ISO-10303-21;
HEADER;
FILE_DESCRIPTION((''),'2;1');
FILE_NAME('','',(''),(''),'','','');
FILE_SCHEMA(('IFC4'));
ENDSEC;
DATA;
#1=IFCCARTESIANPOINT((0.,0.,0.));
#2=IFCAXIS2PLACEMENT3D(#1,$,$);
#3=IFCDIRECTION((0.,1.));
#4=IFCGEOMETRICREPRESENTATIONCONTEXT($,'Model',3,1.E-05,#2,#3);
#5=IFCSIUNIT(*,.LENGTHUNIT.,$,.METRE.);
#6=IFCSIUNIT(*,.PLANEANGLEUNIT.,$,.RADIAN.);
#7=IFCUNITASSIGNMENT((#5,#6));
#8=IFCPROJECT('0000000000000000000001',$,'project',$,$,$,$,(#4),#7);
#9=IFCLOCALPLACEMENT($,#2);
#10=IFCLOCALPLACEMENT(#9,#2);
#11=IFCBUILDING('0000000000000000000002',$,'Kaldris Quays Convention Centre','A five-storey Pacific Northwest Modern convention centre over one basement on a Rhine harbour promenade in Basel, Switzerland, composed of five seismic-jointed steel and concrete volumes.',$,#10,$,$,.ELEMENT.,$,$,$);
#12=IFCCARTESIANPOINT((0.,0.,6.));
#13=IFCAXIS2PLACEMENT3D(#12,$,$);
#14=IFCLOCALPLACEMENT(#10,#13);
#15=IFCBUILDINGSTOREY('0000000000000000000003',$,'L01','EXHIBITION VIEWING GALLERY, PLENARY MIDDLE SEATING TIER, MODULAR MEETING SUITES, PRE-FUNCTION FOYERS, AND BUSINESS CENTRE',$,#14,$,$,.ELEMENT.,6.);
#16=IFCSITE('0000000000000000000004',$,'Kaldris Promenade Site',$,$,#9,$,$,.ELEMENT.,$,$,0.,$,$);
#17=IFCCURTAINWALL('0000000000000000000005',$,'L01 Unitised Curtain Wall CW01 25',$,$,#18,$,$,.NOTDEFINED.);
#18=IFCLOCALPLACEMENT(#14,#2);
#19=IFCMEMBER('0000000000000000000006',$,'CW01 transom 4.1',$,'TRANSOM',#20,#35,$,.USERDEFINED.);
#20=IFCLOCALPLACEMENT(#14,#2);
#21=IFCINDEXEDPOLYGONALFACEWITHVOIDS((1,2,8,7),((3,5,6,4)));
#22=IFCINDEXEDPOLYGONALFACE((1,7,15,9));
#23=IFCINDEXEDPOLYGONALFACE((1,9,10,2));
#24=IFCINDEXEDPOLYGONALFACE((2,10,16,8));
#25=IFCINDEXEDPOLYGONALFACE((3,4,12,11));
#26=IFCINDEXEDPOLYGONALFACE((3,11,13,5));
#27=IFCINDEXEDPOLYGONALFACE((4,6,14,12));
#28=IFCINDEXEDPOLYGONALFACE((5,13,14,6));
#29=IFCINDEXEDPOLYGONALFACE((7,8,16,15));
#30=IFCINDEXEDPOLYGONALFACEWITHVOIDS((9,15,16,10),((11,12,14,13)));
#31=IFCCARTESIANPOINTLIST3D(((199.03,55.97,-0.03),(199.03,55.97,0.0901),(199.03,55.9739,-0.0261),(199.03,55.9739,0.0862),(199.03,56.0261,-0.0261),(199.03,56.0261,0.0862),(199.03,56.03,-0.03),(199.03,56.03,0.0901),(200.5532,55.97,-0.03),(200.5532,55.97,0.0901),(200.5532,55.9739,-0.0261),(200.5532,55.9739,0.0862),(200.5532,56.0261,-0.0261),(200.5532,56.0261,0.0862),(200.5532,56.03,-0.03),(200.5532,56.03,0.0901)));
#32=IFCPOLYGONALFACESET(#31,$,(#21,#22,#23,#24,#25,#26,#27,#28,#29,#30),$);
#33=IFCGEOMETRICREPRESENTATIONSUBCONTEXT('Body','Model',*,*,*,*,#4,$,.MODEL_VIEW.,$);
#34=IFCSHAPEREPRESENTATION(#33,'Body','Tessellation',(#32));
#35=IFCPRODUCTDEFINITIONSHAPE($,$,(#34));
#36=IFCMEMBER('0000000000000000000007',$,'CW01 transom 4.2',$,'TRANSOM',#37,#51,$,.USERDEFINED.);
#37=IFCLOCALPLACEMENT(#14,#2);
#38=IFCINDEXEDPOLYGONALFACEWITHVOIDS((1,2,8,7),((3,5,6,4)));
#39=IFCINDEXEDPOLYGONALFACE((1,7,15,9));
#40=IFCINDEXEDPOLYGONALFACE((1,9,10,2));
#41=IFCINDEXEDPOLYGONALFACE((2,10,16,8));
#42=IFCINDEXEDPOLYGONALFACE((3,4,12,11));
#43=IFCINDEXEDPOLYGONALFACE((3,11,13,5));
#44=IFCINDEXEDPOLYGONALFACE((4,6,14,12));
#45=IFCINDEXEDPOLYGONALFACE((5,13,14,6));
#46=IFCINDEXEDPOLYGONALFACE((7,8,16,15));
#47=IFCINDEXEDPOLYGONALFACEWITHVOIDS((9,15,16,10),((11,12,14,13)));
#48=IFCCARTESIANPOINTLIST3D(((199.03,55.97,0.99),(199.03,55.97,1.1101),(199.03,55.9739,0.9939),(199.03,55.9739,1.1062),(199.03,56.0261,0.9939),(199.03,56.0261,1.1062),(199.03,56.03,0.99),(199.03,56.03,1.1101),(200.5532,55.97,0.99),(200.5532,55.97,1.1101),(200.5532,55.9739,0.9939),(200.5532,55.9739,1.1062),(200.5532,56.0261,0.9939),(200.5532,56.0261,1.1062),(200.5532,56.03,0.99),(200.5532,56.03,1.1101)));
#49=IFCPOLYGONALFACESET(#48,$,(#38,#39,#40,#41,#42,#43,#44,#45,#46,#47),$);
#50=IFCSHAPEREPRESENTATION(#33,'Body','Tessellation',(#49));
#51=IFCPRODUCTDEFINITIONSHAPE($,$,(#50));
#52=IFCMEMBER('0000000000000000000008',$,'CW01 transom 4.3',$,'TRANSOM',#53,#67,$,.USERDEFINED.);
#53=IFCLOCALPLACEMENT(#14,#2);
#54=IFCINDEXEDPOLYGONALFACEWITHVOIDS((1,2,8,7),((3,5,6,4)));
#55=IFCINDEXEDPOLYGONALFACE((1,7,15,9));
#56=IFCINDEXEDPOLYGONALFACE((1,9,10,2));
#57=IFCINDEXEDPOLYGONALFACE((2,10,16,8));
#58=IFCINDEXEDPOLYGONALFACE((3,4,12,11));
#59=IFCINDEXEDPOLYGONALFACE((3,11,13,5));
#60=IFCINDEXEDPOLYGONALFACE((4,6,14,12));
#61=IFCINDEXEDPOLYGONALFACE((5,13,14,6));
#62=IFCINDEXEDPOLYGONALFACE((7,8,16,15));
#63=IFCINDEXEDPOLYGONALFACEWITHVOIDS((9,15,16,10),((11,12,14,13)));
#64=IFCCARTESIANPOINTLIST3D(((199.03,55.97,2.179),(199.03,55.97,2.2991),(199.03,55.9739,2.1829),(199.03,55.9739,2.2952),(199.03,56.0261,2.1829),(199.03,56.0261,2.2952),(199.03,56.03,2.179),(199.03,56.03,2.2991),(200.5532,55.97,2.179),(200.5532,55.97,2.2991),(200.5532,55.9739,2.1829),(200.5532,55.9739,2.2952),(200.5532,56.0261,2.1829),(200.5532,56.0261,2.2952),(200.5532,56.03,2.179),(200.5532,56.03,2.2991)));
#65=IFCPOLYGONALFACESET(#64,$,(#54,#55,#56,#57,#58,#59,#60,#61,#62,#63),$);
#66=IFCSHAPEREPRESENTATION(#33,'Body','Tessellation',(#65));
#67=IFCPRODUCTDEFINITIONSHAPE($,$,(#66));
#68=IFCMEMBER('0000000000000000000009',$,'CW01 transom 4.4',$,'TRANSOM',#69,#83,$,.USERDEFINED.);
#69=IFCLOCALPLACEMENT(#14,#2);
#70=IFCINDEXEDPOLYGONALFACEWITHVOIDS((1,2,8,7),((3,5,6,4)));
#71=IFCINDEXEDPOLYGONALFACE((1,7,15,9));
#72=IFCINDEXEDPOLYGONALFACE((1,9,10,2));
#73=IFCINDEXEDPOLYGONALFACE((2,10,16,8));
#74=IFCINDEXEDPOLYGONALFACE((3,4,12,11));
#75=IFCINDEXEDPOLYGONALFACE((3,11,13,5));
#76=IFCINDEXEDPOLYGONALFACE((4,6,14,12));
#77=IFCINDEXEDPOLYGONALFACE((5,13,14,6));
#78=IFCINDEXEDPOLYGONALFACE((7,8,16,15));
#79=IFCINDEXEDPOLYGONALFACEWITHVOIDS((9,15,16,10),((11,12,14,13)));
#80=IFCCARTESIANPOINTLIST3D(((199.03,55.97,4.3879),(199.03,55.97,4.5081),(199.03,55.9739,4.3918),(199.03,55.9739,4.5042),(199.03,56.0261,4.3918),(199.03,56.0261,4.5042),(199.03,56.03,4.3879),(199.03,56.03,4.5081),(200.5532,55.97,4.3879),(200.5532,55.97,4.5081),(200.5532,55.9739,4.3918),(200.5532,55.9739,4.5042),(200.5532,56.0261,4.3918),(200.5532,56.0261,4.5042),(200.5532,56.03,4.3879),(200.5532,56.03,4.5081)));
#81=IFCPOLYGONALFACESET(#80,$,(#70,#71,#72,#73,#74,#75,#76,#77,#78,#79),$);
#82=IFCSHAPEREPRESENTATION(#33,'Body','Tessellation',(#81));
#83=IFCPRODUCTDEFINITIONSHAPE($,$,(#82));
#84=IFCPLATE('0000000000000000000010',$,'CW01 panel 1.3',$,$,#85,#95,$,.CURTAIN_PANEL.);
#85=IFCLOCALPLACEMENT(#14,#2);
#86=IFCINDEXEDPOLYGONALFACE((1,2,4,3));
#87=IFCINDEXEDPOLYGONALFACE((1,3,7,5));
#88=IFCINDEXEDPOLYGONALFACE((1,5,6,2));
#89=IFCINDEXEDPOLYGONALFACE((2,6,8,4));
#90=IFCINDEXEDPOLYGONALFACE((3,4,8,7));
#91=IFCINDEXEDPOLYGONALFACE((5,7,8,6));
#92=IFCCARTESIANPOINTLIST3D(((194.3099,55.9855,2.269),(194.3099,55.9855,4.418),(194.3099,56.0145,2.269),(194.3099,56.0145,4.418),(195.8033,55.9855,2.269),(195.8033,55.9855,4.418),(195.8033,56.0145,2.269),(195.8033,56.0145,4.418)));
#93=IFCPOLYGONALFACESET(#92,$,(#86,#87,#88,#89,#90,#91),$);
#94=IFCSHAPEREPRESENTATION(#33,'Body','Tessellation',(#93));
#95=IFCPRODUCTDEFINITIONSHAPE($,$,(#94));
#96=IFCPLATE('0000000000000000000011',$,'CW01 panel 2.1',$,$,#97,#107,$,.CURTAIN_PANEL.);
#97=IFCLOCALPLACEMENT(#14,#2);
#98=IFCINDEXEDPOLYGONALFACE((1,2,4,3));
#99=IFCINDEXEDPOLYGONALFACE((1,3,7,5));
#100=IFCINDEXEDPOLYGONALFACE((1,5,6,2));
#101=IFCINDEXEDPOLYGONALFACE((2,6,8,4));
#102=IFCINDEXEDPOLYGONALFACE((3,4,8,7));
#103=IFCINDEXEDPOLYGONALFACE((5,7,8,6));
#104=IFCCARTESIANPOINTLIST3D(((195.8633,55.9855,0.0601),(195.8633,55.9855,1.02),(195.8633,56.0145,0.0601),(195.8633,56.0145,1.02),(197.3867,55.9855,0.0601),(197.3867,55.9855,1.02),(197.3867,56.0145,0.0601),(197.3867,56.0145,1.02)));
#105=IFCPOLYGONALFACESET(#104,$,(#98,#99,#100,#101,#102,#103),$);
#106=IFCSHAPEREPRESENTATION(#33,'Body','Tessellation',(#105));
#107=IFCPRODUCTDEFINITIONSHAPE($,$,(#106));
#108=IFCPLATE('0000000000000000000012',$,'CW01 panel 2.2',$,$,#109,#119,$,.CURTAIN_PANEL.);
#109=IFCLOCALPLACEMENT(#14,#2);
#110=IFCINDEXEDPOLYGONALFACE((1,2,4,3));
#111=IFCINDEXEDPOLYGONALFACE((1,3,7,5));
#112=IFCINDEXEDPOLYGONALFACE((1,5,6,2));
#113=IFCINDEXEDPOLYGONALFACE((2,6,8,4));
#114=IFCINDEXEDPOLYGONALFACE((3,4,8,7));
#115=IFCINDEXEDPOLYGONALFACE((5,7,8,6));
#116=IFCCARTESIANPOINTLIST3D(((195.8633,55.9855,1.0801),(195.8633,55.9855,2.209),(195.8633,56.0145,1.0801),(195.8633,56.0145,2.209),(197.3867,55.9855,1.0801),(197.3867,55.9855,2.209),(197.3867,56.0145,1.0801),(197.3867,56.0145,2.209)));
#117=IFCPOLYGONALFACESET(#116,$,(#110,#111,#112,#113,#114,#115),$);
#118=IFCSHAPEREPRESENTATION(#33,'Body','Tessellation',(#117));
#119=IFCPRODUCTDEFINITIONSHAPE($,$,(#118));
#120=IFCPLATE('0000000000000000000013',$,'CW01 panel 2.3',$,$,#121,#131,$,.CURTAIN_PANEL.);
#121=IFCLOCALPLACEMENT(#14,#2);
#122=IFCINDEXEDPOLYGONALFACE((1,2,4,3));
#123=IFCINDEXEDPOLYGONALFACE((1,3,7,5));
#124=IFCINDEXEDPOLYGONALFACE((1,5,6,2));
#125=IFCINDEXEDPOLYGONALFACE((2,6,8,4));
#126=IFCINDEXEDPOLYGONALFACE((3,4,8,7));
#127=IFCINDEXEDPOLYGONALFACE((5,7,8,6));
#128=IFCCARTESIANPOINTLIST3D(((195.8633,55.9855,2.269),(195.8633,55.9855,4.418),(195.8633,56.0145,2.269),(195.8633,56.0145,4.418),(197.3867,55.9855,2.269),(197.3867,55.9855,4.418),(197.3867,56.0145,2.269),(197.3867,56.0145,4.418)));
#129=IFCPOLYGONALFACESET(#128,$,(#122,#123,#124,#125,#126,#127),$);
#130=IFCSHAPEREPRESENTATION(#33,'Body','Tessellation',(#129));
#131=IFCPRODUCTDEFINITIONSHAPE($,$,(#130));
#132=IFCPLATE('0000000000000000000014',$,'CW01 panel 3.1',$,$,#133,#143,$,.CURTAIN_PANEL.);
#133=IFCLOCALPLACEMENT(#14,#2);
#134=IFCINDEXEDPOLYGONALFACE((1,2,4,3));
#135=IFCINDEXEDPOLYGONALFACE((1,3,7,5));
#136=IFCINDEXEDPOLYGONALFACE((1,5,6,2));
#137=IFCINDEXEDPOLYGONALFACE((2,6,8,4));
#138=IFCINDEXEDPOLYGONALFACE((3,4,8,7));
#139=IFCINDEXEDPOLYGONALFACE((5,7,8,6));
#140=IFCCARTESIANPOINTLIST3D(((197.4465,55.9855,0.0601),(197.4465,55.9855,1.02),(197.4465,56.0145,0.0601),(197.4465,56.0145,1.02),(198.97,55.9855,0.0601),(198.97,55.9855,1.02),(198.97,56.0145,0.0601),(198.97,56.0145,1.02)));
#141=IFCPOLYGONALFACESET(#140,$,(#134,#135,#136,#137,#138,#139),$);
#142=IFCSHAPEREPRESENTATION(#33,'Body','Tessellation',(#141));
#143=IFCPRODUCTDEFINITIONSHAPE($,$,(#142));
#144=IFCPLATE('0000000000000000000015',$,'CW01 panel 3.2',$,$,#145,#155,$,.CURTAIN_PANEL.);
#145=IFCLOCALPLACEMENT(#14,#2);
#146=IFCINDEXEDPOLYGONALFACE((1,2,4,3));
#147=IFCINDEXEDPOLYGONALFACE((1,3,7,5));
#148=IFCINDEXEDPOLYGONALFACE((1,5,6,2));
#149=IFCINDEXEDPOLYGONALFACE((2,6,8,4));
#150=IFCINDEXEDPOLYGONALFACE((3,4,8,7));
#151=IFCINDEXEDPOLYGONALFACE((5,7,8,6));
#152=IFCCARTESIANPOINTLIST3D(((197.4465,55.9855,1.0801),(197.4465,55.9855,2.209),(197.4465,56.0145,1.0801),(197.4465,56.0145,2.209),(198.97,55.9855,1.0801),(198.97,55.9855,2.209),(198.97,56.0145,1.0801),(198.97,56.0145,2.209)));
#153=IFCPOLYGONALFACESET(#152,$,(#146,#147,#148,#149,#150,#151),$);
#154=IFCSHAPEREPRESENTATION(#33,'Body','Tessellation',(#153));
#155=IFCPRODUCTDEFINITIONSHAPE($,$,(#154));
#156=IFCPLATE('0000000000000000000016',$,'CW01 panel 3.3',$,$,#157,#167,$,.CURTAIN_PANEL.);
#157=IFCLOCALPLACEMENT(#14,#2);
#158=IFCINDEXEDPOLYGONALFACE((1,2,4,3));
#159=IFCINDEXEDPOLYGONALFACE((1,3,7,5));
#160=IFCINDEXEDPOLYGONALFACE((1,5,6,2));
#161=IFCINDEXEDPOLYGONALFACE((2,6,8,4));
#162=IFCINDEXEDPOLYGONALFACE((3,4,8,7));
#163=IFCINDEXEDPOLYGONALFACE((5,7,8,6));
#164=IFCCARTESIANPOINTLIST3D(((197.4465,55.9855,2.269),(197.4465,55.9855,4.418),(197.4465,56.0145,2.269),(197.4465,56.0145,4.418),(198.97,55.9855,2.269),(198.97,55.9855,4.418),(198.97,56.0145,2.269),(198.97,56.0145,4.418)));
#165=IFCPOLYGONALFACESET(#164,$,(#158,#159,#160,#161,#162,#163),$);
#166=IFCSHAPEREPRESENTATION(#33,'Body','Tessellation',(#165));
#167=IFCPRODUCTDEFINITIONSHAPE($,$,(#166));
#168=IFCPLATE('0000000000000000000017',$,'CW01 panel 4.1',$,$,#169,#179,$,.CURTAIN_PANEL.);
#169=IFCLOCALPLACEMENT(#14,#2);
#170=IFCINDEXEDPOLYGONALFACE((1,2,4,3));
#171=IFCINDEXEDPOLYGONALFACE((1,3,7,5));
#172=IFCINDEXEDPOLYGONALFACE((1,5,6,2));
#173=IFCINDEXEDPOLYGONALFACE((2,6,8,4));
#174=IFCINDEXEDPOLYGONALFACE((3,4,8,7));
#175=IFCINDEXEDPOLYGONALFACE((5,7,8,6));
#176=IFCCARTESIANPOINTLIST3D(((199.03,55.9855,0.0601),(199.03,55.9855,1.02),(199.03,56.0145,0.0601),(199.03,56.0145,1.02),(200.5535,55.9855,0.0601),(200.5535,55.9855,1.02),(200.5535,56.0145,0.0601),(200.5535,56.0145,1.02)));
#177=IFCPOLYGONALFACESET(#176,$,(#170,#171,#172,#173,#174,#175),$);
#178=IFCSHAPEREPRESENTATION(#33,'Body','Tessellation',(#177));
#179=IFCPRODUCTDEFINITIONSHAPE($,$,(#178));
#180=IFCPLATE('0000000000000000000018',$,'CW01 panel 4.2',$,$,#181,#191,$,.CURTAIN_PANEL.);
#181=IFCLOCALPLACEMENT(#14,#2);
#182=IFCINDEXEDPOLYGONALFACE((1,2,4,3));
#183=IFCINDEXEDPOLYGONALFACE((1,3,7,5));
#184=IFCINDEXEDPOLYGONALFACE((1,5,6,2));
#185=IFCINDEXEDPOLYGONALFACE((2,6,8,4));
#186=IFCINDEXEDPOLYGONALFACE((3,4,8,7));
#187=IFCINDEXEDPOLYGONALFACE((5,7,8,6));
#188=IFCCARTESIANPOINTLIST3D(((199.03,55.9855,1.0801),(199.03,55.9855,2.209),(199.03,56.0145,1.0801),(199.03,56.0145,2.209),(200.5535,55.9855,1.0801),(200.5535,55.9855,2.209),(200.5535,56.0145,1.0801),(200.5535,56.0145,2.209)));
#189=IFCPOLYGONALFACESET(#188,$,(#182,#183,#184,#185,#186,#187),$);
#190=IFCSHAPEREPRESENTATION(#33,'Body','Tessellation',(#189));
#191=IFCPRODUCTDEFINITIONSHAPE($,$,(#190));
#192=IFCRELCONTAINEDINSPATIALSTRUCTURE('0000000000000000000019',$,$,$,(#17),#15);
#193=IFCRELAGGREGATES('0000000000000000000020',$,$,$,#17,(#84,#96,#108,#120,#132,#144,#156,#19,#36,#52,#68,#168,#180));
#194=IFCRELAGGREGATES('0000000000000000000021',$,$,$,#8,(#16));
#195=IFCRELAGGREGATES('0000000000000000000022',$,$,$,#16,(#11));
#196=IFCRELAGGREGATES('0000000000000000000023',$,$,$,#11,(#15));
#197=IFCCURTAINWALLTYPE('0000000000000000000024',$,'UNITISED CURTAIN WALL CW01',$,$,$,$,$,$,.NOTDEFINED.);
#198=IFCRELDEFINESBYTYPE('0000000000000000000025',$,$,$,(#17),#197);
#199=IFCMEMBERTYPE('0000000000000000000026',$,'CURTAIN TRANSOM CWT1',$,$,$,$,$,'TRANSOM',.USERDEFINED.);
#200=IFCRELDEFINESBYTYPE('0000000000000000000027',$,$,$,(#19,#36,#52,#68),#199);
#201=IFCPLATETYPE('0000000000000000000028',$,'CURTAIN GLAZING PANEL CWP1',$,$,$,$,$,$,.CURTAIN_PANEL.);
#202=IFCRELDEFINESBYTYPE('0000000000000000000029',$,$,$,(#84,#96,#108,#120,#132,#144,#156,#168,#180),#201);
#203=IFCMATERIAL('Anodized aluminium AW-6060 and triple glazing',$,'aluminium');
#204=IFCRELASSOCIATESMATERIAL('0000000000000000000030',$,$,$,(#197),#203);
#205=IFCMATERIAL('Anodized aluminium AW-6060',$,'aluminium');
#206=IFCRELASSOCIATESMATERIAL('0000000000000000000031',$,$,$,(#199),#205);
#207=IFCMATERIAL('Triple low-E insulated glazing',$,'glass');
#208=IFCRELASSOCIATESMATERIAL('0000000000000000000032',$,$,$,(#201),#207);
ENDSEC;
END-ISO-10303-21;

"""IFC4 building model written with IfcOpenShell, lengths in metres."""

from ifc_helpers import new_model, si_unit, direction, frame, origin, origin_2d, place, context, subcontext, project, spatial, rectangle, hollow_rectangle, extrude, material, material_profile, profile_set, type_object, element, aggregate, save


model = new_model("IFC4")

# Units and contexts
model_context = context("Model", 3, precision=1e-05, world=origin(), true_north=direction((0.0, 1.0)))
body_context = subcontext(model_context, "Body", "Model", "MODEL_VIEW")
ifc_project = project(units=[si_unit("LENGTHUNIT", "METRE"), si_unit("PLANEANGLEUNIT", "RADIAN")], contexts=[model_context])

# Site, building, storey
site_placement = place(None, origin())
site = spatial("IfcSite", under=ifc_project, at=site_placement, Name="Kaldris Promenade Site", CompositionType="ELEMENT", RefElevation=0.0)
building_placement = place(site_placement, origin())
building = spatial("IfcBuilding", under=site, at=building_placement, Name="Kaldris Quays Convention Centre", Description="A five-storey Pacific Northwest Modern convention centre over one basement on a Rhine harbour promenade in Basel, Switzerland, composed of five seismic-jointed steel and concrete volumes.", CompositionType="ELEMENT")
storey_placement = place(building_placement, frame((0.0, 0.0, 6.0)))
storey = spatial("IfcBuildingStorey", under=building, at=storey_placement, Name="L01", Description="EXHIBITION VIEWING GALLERY, PLENARY MIDDLE SEATING TIER, MODULAR MEETING SUITES, PRE-FUNCTION FOYERS, AND BUSINESS CENTRE", CompositionType="ELEMENT", Elevation=6.0)

# Curtain wall, members, plates
ifc_material_1 = material(Name="Anodized aluminium AW-6060 and triple glazing", Category="aluminium")
curtain_wall_type = type_object("IfcCurtainWallType", Name="UNITISED CURTAIN WALL CW01", PredefinedType="NOTDEFINED", material=ifc_material_1)
curtain_wall_placement = place(storey_placement, origin())
curtain_wall = element("IfcCurtainWall", 1, at=curtain_wall_placement, inside=storey, type_object=curtain_wall_type, Name="L01 Unitised Curtain Wall CW01 25", PredefinedType="NOTDEFINED")
ifc_material_2 = material(Name="Anodized aluminium AW-6060", Category="aluminium")
ifc_material_profile_1 = material_profile(ifc_material_2, hollow_rectangle(XDim=0.0601, YDim=0.1201, WallThickness=0.0039, at=origin_2d()), Name="RHS 120x60x4")
ifc_profile_set_1 = profile_set([ifc_material_profile_1], Name="Anodized aluminium AW-6060")
member_type_1 = type_object("IfcMemberType", Name="CURTAIN TRANSOM CWT1", ElementType="TRANSOM", PredefinedType="USERDEFINED", material=ifc_profile_set_1)
member_1_placement = place(storey_placement, frame((199.03, 56.0, 0.03), z_axis=(1.0, 0.0, 0.0), x_axis=(0.0, 1.0, 0.0)))
member_1 = element("IfcMember", 2, at=member_1_placement, type_object=member_type_1, Name="CW01 transom 4.1", ObjectType="TRANSOM", PredefinedType="USERDEFINED", context=body_context, shape_type="SweptSolid", body=[
    extrude(hollow_rectangle(XDim=0.0601, YDim=0.1201, WallThickness=0.0039, at=origin_2d()), origin(), (0.0, 0.0, 1.0), 1.5232),
])
member_2_placement = place(storey_placement, frame((199.03, 56.0, 1.05), z_axis=(1.0, 0.0, 0.0), x_axis=(0.0, 1.0, 0.0)))
member_2 = element("IfcMember", 3, at=member_2_placement, type_object=member_type_1, Name="CW01 transom 4.2", ObjectType="TRANSOM", PredefinedType="USERDEFINED", context=body_context, shape_type="SweptSolid", body=[
    extrude(hollow_rectangle(XDim=0.0601, YDim=0.1201, WallThickness=0.0039, at=origin_2d()), origin(), (0.0, 0.0, 1.0), 1.5232),
])
member_3_placement = place(storey_placement, frame((199.03, 56.0, 2.239), z_axis=(1.0, 0.0, 0.0), x_axis=(0.0, 1.0, 0.0)))
member_3 = element("IfcMember", 4, at=member_3_placement, type_object=member_type_1, Name="CW01 transom 4.3", ObjectType="TRANSOM", PredefinedType="USERDEFINED", context=body_context, shape_type="SweptSolid", body=[
    extrude(hollow_rectangle(XDim=0.0601, YDim=0.1201, WallThickness=0.0039, at=origin_2d()), origin(), (0.0, 0.0, 1.0), 1.5232),
])
member_4_placement = place(storey_placement, frame((199.03, 56.0, 4.448), z_axis=(1.0, 0.0, 0.0), x_axis=(0.0, 1.0, 0.0)))
member_4 = element("IfcMember", 5, at=member_4_placement, type_object=member_type_1, Name="CW01 transom 4.4", ObjectType="TRANSOM", PredefinedType="USERDEFINED", context=body_context, shape_type="SweptSolid", body=[
    extrude(hollow_rectangle(XDim=0.0601, YDim=0.1201, WallThickness=0.0039, at=origin_2d()), origin(), (0.0, 0.0, 1.0), 1.5232),
])
ifc_material_3 = material(Name="Triple low-E insulated glazing", Category="glass")
plate_type = type_object("IfcPlateType", Name="CURTAIN GLAZING PANEL CWP1", PredefinedType="CURTAIN_PANEL", material=ifc_material_3)
plate_1_placement = place(storey_placement, frame((195.0566, 56.0, 2.269), z_axis=(0.0, 0.0, 1.0), x_axis=(1.0, 0.0, 0.0)))
plate_1 = element("IfcPlate", 6, at=plate_1_placement, type_object=plate_type, Name="CW01 panel 1.3", PredefinedType="CURTAIN_PANEL", context=body_context, shape_type="SweptSolid", body=[
    extrude(rectangle(XDim=1.4934, YDim=0.0291, at=origin_2d()), origin(), (0.0, 0.0, 1.0), 2.1489),
])
plate_2_placement = place(storey_placement, frame((196.625, 56.0, 0.0601), z_axis=(0.0, 0.0, 1.0), x_axis=(1.0, 0.0, 0.0)))
plate_2 = element("IfcPlate", 7, at=plate_2_placement, type_object=plate_type, Name="CW01 panel 2.1", PredefinedType="CURTAIN_PANEL", context=body_context, shape_type="SweptSolid", body=[
    extrude(rectangle(XDim=1.5234, YDim=0.0291, at=origin_2d()), origin(), (0.0, 0.0, 1.0), 0.96),
])
plate_3_placement = place(storey_placement, frame((196.625, 56.0, 1.0801), z_axis=(0.0, 0.0, 1.0), x_axis=(1.0, 0.0, 0.0)))
plate_3 = element("IfcPlate", 8, at=plate_3_placement, type_object=plate_type, Name="CW01 panel 2.2", PredefinedType="CURTAIN_PANEL", context=body_context, shape_type="SweptSolid", body=[
    extrude(rectangle(XDim=1.5234, YDim=0.0291, at=origin_2d()), origin(), (0.0, 0.0, 1.0), 1.1289),
])
plate_4_placement = place(storey_placement, frame((196.625, 56.0, 2.269), z_axis=(0.0, 0.0, 1.0), x_axis=(1.0, 0.0, 0.0)))
plate_4 = element("IfcPlate", 9, at=plate_4_placement, type_object=plate_type, Name="CW01 panel 2.3", PredefinedType="CURTAIN_PANEL", context=body_context, shape_type="SweptSolid", body=[
    extrude(rectangle(XDim=1.5234, YDim=0.0291, at=origin_2d()), origin(), (0.0, 0.0, 1.0), 2.1489),
])
plate_5_placement = place(storey_placement, frame((198.2083, 56.0, 0.0601), z_axis=(0.0, 0.0, 1.0), x_axis=(1.0, 0.0, 0.0)))
plate_5 = element("IfcPlate", 10, at=plate_5_placement, type_object=plate_type, Name="CW01 panel 3.1", PredefinedType="CURTAIN_PANEL", context=body_context, shape_type="SweptSolid", body=[
    extrude(rectangle(XDim=1.5234, YDim=0.0291, at=origin_2d()), origin(), (0.0, 0.0, 1.0), 0.96),
])
plate_6_placement = place(storey_placement, frame((198.2083, 56.0, 1.0801), z_axis=(0.0, 0.0, 1.0), x_axis=(1.0, 0.0, 0.0)))
plate_6 = element("IfcPlate", 11, at=plate_6_placement, type_object=plate_type, Name="CW01 panel 3.2", PredefinedType="CURTAIN_PANEL", context=body_context, shape_type="SweptSolid", body=[
    extrude(rectangle(XDim=1.5234, YDim=0.0291, at=origin_2d()), origin(), (0.0, 0.0, 1.0), 1.1289),
])
plate_7_placement = place(storey_placement, frame((198.2083, 56.0, 2.269), z_axis=(0.0, 0.0, 1.0), x_axis=(1.0, 0.0, 0.0)))
plate_7 = element("IfcPlate", 12, at=plate_7_placement, type_object=plate_type, Name="CW01 panel 3.3", PredefinedType="CURTAIN_PANEL", context=body_context, shape_type="SweptSolid", body=[
    extrude(rectangle(XDim=1.5234, YDim=0.0291, at=origin_2d()), origin(), (0.0, 0.0, 1.0), 2.1489),
])
plate_8_placement = place(storey_placement, frame((199.7917, 56.0, 0.0601), z_axis=(0.0, 0.0, 1.0), x_axis=(1.0, 0.0, 0.0)))
plate_8 = element("IfcPlate", 13, at=plate_8_placement, type_object=plate_type, Name="CW01 panel 4.1", PredefinedType="CURTAIN_PANEL", context=body_context, shape_type="SweptSolid", body=[
    extrude(rectangle(XDim=1.5234, YDim=0.0291, at=origin_2d()), origin(), (0.0, 0.0, 1.0), 0.96),
])
plate_9_placement = place(storey_placement, frame((199.7917, 56.0, 1.0801), z_axis=(0.0, 0.0, 1.0), x_axis=(1.0, 0.0, 0.0)))
plate_9 = element("IfcPlate", 14, at=plate_9_placement, type_object=plate_type, Name="CW01 panel 4.2", PredefinedType="CURTAIN_PANEL", context=body_context, shape_type="SweptSolid", body=[
    extrude(rectangle(XDim=1.5234, YDim=0.0291, at=origin_2d()), origin(), (0.0, 0.0, 1.0), 1.1289),
])
aggregate(curtain_wall, [plate_1, plate_2, plate_3, plate_4, plate_5, plate_6, plate_7, member_1, member_2, member_3, member_4, plate_8, plate_9])

save(model, "model.ifc")
